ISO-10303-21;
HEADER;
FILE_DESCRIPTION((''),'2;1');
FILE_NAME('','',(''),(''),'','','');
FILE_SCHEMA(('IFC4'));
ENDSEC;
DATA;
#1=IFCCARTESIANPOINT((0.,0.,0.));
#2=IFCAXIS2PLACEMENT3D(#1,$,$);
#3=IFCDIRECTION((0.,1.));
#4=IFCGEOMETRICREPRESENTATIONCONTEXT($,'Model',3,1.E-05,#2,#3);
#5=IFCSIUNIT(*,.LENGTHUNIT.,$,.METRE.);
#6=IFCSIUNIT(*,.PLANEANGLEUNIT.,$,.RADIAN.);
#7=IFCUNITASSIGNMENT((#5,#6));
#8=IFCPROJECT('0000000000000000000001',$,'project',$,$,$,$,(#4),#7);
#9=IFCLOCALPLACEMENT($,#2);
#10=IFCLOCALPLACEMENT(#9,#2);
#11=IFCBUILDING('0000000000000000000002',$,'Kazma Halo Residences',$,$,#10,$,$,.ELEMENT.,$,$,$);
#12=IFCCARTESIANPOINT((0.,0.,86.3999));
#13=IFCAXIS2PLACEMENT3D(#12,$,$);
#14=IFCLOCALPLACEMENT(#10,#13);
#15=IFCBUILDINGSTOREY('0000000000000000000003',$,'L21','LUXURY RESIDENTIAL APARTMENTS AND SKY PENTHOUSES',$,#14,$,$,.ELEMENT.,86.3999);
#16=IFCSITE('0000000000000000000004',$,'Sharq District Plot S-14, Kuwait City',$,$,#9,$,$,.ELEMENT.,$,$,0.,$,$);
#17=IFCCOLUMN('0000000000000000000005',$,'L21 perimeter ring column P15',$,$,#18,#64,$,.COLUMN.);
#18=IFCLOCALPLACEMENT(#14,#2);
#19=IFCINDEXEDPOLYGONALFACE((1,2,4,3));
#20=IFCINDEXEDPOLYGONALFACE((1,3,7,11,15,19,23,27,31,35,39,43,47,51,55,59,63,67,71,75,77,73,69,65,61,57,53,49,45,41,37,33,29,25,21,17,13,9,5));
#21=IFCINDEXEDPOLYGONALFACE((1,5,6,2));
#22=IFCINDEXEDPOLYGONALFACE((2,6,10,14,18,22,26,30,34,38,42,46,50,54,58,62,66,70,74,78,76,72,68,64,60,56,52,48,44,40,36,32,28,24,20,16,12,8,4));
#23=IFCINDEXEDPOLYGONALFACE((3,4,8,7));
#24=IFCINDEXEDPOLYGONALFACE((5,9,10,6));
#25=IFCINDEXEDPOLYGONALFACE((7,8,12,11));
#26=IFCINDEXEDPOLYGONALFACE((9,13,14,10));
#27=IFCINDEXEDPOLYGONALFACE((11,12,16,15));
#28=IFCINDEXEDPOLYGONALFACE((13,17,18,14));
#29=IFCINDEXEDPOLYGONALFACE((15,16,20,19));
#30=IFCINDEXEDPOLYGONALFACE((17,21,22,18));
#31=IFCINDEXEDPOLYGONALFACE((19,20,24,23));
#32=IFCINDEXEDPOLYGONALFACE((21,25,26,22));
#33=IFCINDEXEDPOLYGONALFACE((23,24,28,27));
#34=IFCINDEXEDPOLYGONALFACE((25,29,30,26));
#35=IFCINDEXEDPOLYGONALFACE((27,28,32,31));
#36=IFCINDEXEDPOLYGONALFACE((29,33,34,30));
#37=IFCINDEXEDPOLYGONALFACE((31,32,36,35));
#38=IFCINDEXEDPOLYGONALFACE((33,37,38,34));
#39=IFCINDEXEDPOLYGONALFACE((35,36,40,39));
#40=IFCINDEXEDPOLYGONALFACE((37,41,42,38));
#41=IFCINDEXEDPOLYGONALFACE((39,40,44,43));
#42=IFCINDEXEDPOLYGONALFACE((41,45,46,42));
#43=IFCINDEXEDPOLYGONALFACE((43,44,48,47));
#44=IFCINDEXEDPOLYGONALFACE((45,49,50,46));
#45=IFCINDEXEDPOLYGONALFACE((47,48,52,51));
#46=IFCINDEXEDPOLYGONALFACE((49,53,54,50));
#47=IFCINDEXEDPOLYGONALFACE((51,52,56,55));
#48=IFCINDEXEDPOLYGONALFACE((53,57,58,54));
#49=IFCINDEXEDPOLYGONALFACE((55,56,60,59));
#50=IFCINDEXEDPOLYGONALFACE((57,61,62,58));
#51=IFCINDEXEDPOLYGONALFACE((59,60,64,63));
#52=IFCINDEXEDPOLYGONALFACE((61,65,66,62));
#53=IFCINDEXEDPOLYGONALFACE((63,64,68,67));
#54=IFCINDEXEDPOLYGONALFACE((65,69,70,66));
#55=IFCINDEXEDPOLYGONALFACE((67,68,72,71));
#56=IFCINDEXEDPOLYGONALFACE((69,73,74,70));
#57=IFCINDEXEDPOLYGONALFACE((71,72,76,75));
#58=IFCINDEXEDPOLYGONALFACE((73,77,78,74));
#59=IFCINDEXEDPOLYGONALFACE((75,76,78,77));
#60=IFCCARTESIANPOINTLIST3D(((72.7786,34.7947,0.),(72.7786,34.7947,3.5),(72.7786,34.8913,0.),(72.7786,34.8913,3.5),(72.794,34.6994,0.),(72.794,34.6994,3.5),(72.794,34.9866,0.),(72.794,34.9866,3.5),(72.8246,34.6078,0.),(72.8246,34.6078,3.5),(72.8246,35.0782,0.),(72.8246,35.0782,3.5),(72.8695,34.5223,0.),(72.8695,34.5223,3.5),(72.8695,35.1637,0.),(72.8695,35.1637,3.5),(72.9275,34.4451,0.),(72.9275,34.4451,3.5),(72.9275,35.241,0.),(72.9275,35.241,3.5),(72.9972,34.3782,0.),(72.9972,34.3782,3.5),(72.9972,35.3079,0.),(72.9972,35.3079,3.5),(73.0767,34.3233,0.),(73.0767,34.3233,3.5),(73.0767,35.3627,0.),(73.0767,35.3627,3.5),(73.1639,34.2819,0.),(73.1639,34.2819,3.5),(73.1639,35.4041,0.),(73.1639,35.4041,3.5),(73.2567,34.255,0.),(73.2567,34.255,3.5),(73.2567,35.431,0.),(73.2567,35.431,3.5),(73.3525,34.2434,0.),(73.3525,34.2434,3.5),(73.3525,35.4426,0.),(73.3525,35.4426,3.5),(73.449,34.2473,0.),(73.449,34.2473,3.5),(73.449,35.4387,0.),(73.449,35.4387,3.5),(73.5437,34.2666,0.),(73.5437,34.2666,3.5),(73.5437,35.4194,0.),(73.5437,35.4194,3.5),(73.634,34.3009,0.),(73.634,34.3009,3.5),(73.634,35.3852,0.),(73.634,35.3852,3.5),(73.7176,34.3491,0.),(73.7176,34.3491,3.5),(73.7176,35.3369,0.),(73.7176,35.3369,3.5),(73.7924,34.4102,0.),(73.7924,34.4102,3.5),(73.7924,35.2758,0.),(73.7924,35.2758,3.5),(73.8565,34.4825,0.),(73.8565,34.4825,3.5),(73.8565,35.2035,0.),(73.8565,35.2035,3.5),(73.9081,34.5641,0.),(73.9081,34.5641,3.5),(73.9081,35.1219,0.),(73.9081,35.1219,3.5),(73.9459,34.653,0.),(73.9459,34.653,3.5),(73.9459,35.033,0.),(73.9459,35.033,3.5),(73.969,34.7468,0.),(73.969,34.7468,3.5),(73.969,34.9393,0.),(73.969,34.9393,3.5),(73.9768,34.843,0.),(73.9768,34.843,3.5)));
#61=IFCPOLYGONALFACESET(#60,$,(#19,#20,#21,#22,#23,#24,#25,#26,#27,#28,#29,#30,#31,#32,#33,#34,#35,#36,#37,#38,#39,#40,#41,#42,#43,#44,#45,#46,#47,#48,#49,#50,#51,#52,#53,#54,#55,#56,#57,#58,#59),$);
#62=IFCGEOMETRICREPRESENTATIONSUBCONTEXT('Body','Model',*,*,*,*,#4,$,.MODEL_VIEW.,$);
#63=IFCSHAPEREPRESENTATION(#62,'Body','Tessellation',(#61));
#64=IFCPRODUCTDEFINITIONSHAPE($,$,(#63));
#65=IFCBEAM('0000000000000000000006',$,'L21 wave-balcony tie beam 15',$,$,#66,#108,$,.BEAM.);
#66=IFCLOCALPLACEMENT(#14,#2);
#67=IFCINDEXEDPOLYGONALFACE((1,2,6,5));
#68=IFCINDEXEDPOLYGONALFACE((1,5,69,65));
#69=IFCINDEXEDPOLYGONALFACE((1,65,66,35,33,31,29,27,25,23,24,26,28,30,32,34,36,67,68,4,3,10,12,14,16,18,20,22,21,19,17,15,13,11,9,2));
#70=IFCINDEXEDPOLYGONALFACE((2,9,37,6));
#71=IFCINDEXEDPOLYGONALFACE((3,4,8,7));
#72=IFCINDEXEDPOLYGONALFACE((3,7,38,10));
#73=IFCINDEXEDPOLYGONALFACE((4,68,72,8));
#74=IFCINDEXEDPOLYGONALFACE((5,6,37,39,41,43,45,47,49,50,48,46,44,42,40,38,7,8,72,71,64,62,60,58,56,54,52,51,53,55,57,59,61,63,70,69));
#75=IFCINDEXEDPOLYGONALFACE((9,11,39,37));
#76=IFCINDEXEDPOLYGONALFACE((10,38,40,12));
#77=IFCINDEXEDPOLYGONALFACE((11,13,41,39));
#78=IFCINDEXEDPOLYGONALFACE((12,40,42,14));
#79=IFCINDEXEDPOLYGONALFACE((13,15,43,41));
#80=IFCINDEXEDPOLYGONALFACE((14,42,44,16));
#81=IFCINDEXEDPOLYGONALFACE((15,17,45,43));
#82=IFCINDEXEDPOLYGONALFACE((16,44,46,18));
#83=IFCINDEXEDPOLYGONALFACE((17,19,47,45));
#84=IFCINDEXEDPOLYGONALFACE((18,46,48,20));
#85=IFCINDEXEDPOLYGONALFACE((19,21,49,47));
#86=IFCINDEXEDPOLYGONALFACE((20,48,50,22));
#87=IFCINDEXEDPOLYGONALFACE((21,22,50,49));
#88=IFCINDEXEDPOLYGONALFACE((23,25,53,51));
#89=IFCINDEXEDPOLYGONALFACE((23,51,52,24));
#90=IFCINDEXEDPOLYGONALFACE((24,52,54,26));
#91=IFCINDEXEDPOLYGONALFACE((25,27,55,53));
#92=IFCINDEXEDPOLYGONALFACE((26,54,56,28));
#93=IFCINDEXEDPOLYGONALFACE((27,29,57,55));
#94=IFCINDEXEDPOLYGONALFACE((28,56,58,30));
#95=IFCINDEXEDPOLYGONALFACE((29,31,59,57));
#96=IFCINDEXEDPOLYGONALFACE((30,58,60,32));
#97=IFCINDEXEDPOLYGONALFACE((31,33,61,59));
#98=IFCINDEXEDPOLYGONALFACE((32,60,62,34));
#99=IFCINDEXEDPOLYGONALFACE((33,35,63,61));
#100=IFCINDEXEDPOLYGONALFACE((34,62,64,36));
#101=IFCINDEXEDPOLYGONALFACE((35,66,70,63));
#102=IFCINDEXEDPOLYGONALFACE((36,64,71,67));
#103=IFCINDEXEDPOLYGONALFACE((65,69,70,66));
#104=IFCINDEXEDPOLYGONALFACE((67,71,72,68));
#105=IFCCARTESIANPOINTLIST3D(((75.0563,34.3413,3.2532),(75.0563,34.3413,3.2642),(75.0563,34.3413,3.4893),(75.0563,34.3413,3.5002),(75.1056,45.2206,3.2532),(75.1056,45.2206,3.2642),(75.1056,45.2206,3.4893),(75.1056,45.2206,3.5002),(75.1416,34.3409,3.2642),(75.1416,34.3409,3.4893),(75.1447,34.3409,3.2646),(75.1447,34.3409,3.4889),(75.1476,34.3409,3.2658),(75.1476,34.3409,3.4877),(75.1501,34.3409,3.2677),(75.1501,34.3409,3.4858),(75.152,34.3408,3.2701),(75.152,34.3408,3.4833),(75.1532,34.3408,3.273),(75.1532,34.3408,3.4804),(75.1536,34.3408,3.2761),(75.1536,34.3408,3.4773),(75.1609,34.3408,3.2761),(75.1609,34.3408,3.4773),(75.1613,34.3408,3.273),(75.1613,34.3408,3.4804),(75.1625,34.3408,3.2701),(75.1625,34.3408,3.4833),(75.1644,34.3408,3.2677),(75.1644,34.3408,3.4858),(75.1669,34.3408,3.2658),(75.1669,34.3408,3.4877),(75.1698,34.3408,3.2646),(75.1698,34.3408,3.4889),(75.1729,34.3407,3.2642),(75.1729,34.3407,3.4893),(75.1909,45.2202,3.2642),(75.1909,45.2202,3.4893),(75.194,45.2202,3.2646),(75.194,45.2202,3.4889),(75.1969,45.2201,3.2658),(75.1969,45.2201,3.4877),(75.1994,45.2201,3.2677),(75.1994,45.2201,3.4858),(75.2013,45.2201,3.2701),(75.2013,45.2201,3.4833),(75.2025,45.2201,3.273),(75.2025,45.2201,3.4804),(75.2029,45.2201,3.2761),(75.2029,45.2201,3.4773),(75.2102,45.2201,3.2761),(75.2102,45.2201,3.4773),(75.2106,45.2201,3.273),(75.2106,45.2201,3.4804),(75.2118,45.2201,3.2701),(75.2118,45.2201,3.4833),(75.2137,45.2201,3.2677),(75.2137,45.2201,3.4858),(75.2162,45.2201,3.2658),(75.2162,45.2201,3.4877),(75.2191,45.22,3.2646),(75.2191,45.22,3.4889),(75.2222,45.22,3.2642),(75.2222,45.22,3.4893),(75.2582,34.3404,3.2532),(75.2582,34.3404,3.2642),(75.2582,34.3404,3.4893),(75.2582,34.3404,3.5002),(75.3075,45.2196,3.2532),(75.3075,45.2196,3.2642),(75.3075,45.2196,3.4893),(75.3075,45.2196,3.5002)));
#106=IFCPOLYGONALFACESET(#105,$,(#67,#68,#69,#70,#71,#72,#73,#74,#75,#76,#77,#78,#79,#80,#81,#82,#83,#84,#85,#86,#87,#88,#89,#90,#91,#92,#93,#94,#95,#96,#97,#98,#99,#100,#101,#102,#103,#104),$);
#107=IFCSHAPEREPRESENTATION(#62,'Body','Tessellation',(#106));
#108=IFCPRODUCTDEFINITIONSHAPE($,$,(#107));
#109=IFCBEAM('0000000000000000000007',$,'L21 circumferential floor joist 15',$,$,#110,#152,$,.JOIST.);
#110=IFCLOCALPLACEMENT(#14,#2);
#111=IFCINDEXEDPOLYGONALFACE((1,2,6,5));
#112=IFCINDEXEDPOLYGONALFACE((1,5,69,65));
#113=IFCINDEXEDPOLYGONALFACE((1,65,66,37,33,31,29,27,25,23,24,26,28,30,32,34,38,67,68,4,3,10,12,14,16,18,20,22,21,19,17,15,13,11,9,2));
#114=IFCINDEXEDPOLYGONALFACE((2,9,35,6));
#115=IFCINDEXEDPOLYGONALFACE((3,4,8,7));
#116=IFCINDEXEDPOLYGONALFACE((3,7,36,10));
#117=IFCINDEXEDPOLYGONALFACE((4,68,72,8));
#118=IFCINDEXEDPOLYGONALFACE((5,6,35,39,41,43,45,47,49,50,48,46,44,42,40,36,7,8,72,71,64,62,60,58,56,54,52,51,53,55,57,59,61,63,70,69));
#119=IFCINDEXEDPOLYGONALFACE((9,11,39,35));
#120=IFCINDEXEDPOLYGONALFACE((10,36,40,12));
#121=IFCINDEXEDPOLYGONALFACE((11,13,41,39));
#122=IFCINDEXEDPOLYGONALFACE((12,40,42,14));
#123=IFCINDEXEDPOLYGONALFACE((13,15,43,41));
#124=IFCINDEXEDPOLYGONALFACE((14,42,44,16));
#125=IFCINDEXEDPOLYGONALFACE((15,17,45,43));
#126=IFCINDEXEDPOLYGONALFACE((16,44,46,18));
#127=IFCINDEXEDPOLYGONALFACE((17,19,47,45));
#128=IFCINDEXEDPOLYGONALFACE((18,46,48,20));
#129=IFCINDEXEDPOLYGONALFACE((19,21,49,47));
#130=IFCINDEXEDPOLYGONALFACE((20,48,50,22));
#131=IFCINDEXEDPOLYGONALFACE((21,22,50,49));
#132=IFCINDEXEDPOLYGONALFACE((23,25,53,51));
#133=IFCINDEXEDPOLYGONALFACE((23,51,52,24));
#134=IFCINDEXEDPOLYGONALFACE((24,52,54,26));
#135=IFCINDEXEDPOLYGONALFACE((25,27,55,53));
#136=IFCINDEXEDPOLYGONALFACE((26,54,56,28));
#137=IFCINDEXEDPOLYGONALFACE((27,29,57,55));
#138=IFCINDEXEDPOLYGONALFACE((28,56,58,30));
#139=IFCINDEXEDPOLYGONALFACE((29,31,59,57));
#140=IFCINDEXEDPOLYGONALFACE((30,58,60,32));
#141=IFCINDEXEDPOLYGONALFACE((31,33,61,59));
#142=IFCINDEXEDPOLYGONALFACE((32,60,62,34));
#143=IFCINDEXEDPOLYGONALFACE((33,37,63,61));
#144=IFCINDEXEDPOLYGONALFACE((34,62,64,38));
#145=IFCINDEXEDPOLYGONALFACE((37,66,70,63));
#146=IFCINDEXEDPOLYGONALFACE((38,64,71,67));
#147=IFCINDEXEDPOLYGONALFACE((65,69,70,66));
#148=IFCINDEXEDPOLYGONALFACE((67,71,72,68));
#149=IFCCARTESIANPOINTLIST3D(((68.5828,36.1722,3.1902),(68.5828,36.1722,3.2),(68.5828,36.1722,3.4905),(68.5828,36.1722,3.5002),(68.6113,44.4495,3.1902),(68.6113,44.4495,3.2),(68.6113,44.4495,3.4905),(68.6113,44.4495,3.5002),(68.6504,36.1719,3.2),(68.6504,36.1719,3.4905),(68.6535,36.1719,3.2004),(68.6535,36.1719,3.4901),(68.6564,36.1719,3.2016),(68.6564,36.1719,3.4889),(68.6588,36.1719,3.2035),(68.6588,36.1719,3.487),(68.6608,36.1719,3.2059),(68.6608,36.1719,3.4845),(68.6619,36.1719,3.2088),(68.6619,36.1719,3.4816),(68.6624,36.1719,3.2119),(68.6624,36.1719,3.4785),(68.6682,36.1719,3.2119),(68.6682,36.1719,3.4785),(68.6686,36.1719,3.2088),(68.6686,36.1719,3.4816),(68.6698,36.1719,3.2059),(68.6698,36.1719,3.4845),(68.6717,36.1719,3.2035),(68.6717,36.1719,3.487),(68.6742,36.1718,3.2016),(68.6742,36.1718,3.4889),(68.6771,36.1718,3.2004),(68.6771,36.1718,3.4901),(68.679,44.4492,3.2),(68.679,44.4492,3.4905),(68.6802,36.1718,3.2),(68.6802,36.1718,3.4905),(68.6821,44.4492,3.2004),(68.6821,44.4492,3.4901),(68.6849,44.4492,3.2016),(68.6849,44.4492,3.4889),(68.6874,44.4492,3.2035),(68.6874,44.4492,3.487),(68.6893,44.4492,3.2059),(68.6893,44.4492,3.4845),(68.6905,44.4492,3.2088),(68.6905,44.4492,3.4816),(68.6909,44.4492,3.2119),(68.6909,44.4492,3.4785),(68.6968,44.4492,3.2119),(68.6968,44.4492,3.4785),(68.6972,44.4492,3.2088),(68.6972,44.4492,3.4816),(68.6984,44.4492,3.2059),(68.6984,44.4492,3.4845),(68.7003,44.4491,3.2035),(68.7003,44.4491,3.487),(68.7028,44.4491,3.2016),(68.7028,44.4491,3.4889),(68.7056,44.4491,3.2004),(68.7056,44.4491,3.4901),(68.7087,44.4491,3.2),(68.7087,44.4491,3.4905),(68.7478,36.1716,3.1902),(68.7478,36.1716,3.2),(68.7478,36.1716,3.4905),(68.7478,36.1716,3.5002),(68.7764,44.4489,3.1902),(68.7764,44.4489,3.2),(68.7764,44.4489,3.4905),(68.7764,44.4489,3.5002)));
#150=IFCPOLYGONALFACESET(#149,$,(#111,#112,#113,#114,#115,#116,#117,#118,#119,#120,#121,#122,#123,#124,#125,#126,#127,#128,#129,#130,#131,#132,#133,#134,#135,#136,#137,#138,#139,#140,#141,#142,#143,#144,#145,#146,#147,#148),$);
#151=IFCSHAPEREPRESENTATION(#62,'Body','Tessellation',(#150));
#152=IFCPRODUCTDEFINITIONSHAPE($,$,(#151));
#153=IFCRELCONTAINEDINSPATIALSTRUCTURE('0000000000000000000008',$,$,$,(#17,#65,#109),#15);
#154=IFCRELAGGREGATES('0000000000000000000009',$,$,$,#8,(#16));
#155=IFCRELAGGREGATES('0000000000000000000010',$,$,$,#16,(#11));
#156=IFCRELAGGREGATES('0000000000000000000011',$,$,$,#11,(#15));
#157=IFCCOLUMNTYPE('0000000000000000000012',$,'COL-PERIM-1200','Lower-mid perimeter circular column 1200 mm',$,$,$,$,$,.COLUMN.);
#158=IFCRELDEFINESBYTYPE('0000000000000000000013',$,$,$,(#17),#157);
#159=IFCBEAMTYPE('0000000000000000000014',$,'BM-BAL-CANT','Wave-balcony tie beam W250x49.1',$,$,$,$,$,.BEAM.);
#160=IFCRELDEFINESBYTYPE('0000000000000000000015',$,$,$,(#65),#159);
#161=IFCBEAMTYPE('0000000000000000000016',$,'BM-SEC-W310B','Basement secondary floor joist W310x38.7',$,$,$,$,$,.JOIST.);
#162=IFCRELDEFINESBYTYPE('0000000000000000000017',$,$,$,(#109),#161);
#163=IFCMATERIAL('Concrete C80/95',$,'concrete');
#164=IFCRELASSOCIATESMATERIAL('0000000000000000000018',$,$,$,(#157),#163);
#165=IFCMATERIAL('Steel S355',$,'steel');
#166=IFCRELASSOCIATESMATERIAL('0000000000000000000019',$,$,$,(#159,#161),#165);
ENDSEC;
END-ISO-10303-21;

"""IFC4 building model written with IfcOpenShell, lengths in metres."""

from ifc_helpers import new_model, si_unit, direction, frame, origin, origin_2d, place, context, subcontext, project, spatial, circle, i_section, extrude, material, material_profile, profile_set, type_object, element, save


model = new_model("IFC4")

# Units and contexts
model_context = context("Model", 3, precision=1e-05, world=origin(), true_north=direction((0.0, 1.0)))
body_context = subcontext(model_context, "Body", "Model", "MODEL_VIEW")
ifc_project = project(units=[si_unit("LENGTHUNIT", "METRE"), si_unit("PLANEANGLEUNIT", "RADIAN")], contexts=[model_context])

# Site, building, storey
site_placement = place(None, origin())
site = spatial("IfcSite", under=ifc_project, at=site_placement, Name="Sharq District Plot S-14, Kuwait City", CompositionType="ELEMENT", RefElevation=0.0)
building_placement = place(site_placement, origin())
building = spatial("IfcBuilding", under=site, at=building_placement, Name="Kazma Halo Residences", CompositionType="ELEMENT")
storey_placement = place(building_placement, frame((0.0, 0.0, 86.3999)))
storey = spatial("IfcBuildingStorey", under=building, at=storey_placement, Name="L21", Description="LUXURY RESIDENTIAL APARTMENTS AND SKY PENTHOUSES", CompositionType="ELEMENT", Elevation=86.3999)

# Column
ifc_material_1 = material(Name="Concrete C80/95", Category="concrete")
ifc_material_profile_1 = material_profile(ifc_material_1, circle(Radius=0.6001, at=origin_2d()), Name="CIRC1200")
ifc_profile_set_1 = profile_set([ifc_material_profile_1], Name="Concrete C80/95")
column_type = type_object("IfcColumnType", Name="COL-PERIM-1200", Description="Lower-mid perimeter circular column 1200 mm", PredefinedType="COLUMN", material=ifc_profile_set_1)
column_placement = place(storey_placement, frame((73.3767, 34.843, 0.0), z_axis=(0.0, 0.0, 1.0), x_axis=(1.0, 0.0, 0.0)))
element("IfcColumn", 1, at=column_placement, inside=storey, type_object=column_type, Name="L21 perimeter ring column P15", PredefinedType="COLUMN", context=body_context, shape_type="SweptSolid", body=[
    extrude(circle(Radius=0.6001, at=origin_2d()), origin(), (0.0, 0.0, 1.0), 3.5),
])

# Beams
ifc_material_2 = material(Name="Steel S355", Category="steel")
ifc_material_profile_2 = material_profile(ifc_material_2, i_section(OverallWidth=0.2019, OverallDepth=0.2471, WebThickness=0.0073, FlangeThickness=0.011, FilletRadius=0.012, at=origin_2d()), Name="W250x49.1")
ifc_profile_set_2 = profile_set([ifc_material_profile_2], Name="Steel S355")
beam_type_1 = type_object("IfcBeamType", Name="BM-BAL-CANT", Description="Wave-balcony tie beam W250x49.1", PredefinedType="BEAM", material=ifc_profile_set_2)
beam_1_placement = place(storey_placement, frame((75.1572, 34.3408, 3.3767), z_axis=(0.004533, 0.99999, 0.0), x_axis=(-0.99999, 0.004533, 0.0)))
element("IfcBeam", 2, at=beam_1_placement, inside=storey, type_object=beam_type_1, Name="L21 wave-balcony tie beam 15", PredefinedType="BEAM", context=body_context, shape_type="SweptSolid", body=[
    extrude(i_section(OverallWidth=0.2019, OverallDepth=0.2471, WebThickness=0.0073, FlangeThickness=0.011, FilletRadius=0.012, at=origin_2d()), origin(), (0.0, 0.0, 1.0), 10.8794),
])
ifc_material_profile_3 = material_profile(ifc_material_2, i_section(OverallWidth=0.165, OverallDepth=0.3101, WebThickness=0.0059, FlangeThickness=0.0098, FilletRadius=0.012, at=origin_2d()), Name="W310x38.7")
ifc_profile_set_3 = profile_set([ifc_material_profile_3], Name="Steel S355")
beam_type_2 = type_object("IfcBeamType", Name="BM-SEC-W310B", Description="Basement secondary floor joist W310x38.7", PredefinedType="JOIST", material=ifc_profile_set_3)
beam_2_placement = place(storey_placement, frame((68.6653, 36.1719, 3.3452), z_axis=(0.003451, 0.999994, 0.0), x_axis=(-0.999994, 0.003451, 0.0)))
element("IfcBeam", 3, at=beam_2_placement, inside=storey, type_object=beam_type_2, Name="L21 circumferential floor joist 15", PredefinedType="JOIST", context=body_context, shape_type="SweptSolid", body=[
    extrude(i_section(OverallWidth=0.165, OverallDepth=0.3101, WebThickness=0.0059, FlangeThickness=0.0098, FilletRadius=0.012, at=origin_2d()), origin(), (0.0, 0.0, 1.0), 8.2773),
])

save(model, "model.ifc")
